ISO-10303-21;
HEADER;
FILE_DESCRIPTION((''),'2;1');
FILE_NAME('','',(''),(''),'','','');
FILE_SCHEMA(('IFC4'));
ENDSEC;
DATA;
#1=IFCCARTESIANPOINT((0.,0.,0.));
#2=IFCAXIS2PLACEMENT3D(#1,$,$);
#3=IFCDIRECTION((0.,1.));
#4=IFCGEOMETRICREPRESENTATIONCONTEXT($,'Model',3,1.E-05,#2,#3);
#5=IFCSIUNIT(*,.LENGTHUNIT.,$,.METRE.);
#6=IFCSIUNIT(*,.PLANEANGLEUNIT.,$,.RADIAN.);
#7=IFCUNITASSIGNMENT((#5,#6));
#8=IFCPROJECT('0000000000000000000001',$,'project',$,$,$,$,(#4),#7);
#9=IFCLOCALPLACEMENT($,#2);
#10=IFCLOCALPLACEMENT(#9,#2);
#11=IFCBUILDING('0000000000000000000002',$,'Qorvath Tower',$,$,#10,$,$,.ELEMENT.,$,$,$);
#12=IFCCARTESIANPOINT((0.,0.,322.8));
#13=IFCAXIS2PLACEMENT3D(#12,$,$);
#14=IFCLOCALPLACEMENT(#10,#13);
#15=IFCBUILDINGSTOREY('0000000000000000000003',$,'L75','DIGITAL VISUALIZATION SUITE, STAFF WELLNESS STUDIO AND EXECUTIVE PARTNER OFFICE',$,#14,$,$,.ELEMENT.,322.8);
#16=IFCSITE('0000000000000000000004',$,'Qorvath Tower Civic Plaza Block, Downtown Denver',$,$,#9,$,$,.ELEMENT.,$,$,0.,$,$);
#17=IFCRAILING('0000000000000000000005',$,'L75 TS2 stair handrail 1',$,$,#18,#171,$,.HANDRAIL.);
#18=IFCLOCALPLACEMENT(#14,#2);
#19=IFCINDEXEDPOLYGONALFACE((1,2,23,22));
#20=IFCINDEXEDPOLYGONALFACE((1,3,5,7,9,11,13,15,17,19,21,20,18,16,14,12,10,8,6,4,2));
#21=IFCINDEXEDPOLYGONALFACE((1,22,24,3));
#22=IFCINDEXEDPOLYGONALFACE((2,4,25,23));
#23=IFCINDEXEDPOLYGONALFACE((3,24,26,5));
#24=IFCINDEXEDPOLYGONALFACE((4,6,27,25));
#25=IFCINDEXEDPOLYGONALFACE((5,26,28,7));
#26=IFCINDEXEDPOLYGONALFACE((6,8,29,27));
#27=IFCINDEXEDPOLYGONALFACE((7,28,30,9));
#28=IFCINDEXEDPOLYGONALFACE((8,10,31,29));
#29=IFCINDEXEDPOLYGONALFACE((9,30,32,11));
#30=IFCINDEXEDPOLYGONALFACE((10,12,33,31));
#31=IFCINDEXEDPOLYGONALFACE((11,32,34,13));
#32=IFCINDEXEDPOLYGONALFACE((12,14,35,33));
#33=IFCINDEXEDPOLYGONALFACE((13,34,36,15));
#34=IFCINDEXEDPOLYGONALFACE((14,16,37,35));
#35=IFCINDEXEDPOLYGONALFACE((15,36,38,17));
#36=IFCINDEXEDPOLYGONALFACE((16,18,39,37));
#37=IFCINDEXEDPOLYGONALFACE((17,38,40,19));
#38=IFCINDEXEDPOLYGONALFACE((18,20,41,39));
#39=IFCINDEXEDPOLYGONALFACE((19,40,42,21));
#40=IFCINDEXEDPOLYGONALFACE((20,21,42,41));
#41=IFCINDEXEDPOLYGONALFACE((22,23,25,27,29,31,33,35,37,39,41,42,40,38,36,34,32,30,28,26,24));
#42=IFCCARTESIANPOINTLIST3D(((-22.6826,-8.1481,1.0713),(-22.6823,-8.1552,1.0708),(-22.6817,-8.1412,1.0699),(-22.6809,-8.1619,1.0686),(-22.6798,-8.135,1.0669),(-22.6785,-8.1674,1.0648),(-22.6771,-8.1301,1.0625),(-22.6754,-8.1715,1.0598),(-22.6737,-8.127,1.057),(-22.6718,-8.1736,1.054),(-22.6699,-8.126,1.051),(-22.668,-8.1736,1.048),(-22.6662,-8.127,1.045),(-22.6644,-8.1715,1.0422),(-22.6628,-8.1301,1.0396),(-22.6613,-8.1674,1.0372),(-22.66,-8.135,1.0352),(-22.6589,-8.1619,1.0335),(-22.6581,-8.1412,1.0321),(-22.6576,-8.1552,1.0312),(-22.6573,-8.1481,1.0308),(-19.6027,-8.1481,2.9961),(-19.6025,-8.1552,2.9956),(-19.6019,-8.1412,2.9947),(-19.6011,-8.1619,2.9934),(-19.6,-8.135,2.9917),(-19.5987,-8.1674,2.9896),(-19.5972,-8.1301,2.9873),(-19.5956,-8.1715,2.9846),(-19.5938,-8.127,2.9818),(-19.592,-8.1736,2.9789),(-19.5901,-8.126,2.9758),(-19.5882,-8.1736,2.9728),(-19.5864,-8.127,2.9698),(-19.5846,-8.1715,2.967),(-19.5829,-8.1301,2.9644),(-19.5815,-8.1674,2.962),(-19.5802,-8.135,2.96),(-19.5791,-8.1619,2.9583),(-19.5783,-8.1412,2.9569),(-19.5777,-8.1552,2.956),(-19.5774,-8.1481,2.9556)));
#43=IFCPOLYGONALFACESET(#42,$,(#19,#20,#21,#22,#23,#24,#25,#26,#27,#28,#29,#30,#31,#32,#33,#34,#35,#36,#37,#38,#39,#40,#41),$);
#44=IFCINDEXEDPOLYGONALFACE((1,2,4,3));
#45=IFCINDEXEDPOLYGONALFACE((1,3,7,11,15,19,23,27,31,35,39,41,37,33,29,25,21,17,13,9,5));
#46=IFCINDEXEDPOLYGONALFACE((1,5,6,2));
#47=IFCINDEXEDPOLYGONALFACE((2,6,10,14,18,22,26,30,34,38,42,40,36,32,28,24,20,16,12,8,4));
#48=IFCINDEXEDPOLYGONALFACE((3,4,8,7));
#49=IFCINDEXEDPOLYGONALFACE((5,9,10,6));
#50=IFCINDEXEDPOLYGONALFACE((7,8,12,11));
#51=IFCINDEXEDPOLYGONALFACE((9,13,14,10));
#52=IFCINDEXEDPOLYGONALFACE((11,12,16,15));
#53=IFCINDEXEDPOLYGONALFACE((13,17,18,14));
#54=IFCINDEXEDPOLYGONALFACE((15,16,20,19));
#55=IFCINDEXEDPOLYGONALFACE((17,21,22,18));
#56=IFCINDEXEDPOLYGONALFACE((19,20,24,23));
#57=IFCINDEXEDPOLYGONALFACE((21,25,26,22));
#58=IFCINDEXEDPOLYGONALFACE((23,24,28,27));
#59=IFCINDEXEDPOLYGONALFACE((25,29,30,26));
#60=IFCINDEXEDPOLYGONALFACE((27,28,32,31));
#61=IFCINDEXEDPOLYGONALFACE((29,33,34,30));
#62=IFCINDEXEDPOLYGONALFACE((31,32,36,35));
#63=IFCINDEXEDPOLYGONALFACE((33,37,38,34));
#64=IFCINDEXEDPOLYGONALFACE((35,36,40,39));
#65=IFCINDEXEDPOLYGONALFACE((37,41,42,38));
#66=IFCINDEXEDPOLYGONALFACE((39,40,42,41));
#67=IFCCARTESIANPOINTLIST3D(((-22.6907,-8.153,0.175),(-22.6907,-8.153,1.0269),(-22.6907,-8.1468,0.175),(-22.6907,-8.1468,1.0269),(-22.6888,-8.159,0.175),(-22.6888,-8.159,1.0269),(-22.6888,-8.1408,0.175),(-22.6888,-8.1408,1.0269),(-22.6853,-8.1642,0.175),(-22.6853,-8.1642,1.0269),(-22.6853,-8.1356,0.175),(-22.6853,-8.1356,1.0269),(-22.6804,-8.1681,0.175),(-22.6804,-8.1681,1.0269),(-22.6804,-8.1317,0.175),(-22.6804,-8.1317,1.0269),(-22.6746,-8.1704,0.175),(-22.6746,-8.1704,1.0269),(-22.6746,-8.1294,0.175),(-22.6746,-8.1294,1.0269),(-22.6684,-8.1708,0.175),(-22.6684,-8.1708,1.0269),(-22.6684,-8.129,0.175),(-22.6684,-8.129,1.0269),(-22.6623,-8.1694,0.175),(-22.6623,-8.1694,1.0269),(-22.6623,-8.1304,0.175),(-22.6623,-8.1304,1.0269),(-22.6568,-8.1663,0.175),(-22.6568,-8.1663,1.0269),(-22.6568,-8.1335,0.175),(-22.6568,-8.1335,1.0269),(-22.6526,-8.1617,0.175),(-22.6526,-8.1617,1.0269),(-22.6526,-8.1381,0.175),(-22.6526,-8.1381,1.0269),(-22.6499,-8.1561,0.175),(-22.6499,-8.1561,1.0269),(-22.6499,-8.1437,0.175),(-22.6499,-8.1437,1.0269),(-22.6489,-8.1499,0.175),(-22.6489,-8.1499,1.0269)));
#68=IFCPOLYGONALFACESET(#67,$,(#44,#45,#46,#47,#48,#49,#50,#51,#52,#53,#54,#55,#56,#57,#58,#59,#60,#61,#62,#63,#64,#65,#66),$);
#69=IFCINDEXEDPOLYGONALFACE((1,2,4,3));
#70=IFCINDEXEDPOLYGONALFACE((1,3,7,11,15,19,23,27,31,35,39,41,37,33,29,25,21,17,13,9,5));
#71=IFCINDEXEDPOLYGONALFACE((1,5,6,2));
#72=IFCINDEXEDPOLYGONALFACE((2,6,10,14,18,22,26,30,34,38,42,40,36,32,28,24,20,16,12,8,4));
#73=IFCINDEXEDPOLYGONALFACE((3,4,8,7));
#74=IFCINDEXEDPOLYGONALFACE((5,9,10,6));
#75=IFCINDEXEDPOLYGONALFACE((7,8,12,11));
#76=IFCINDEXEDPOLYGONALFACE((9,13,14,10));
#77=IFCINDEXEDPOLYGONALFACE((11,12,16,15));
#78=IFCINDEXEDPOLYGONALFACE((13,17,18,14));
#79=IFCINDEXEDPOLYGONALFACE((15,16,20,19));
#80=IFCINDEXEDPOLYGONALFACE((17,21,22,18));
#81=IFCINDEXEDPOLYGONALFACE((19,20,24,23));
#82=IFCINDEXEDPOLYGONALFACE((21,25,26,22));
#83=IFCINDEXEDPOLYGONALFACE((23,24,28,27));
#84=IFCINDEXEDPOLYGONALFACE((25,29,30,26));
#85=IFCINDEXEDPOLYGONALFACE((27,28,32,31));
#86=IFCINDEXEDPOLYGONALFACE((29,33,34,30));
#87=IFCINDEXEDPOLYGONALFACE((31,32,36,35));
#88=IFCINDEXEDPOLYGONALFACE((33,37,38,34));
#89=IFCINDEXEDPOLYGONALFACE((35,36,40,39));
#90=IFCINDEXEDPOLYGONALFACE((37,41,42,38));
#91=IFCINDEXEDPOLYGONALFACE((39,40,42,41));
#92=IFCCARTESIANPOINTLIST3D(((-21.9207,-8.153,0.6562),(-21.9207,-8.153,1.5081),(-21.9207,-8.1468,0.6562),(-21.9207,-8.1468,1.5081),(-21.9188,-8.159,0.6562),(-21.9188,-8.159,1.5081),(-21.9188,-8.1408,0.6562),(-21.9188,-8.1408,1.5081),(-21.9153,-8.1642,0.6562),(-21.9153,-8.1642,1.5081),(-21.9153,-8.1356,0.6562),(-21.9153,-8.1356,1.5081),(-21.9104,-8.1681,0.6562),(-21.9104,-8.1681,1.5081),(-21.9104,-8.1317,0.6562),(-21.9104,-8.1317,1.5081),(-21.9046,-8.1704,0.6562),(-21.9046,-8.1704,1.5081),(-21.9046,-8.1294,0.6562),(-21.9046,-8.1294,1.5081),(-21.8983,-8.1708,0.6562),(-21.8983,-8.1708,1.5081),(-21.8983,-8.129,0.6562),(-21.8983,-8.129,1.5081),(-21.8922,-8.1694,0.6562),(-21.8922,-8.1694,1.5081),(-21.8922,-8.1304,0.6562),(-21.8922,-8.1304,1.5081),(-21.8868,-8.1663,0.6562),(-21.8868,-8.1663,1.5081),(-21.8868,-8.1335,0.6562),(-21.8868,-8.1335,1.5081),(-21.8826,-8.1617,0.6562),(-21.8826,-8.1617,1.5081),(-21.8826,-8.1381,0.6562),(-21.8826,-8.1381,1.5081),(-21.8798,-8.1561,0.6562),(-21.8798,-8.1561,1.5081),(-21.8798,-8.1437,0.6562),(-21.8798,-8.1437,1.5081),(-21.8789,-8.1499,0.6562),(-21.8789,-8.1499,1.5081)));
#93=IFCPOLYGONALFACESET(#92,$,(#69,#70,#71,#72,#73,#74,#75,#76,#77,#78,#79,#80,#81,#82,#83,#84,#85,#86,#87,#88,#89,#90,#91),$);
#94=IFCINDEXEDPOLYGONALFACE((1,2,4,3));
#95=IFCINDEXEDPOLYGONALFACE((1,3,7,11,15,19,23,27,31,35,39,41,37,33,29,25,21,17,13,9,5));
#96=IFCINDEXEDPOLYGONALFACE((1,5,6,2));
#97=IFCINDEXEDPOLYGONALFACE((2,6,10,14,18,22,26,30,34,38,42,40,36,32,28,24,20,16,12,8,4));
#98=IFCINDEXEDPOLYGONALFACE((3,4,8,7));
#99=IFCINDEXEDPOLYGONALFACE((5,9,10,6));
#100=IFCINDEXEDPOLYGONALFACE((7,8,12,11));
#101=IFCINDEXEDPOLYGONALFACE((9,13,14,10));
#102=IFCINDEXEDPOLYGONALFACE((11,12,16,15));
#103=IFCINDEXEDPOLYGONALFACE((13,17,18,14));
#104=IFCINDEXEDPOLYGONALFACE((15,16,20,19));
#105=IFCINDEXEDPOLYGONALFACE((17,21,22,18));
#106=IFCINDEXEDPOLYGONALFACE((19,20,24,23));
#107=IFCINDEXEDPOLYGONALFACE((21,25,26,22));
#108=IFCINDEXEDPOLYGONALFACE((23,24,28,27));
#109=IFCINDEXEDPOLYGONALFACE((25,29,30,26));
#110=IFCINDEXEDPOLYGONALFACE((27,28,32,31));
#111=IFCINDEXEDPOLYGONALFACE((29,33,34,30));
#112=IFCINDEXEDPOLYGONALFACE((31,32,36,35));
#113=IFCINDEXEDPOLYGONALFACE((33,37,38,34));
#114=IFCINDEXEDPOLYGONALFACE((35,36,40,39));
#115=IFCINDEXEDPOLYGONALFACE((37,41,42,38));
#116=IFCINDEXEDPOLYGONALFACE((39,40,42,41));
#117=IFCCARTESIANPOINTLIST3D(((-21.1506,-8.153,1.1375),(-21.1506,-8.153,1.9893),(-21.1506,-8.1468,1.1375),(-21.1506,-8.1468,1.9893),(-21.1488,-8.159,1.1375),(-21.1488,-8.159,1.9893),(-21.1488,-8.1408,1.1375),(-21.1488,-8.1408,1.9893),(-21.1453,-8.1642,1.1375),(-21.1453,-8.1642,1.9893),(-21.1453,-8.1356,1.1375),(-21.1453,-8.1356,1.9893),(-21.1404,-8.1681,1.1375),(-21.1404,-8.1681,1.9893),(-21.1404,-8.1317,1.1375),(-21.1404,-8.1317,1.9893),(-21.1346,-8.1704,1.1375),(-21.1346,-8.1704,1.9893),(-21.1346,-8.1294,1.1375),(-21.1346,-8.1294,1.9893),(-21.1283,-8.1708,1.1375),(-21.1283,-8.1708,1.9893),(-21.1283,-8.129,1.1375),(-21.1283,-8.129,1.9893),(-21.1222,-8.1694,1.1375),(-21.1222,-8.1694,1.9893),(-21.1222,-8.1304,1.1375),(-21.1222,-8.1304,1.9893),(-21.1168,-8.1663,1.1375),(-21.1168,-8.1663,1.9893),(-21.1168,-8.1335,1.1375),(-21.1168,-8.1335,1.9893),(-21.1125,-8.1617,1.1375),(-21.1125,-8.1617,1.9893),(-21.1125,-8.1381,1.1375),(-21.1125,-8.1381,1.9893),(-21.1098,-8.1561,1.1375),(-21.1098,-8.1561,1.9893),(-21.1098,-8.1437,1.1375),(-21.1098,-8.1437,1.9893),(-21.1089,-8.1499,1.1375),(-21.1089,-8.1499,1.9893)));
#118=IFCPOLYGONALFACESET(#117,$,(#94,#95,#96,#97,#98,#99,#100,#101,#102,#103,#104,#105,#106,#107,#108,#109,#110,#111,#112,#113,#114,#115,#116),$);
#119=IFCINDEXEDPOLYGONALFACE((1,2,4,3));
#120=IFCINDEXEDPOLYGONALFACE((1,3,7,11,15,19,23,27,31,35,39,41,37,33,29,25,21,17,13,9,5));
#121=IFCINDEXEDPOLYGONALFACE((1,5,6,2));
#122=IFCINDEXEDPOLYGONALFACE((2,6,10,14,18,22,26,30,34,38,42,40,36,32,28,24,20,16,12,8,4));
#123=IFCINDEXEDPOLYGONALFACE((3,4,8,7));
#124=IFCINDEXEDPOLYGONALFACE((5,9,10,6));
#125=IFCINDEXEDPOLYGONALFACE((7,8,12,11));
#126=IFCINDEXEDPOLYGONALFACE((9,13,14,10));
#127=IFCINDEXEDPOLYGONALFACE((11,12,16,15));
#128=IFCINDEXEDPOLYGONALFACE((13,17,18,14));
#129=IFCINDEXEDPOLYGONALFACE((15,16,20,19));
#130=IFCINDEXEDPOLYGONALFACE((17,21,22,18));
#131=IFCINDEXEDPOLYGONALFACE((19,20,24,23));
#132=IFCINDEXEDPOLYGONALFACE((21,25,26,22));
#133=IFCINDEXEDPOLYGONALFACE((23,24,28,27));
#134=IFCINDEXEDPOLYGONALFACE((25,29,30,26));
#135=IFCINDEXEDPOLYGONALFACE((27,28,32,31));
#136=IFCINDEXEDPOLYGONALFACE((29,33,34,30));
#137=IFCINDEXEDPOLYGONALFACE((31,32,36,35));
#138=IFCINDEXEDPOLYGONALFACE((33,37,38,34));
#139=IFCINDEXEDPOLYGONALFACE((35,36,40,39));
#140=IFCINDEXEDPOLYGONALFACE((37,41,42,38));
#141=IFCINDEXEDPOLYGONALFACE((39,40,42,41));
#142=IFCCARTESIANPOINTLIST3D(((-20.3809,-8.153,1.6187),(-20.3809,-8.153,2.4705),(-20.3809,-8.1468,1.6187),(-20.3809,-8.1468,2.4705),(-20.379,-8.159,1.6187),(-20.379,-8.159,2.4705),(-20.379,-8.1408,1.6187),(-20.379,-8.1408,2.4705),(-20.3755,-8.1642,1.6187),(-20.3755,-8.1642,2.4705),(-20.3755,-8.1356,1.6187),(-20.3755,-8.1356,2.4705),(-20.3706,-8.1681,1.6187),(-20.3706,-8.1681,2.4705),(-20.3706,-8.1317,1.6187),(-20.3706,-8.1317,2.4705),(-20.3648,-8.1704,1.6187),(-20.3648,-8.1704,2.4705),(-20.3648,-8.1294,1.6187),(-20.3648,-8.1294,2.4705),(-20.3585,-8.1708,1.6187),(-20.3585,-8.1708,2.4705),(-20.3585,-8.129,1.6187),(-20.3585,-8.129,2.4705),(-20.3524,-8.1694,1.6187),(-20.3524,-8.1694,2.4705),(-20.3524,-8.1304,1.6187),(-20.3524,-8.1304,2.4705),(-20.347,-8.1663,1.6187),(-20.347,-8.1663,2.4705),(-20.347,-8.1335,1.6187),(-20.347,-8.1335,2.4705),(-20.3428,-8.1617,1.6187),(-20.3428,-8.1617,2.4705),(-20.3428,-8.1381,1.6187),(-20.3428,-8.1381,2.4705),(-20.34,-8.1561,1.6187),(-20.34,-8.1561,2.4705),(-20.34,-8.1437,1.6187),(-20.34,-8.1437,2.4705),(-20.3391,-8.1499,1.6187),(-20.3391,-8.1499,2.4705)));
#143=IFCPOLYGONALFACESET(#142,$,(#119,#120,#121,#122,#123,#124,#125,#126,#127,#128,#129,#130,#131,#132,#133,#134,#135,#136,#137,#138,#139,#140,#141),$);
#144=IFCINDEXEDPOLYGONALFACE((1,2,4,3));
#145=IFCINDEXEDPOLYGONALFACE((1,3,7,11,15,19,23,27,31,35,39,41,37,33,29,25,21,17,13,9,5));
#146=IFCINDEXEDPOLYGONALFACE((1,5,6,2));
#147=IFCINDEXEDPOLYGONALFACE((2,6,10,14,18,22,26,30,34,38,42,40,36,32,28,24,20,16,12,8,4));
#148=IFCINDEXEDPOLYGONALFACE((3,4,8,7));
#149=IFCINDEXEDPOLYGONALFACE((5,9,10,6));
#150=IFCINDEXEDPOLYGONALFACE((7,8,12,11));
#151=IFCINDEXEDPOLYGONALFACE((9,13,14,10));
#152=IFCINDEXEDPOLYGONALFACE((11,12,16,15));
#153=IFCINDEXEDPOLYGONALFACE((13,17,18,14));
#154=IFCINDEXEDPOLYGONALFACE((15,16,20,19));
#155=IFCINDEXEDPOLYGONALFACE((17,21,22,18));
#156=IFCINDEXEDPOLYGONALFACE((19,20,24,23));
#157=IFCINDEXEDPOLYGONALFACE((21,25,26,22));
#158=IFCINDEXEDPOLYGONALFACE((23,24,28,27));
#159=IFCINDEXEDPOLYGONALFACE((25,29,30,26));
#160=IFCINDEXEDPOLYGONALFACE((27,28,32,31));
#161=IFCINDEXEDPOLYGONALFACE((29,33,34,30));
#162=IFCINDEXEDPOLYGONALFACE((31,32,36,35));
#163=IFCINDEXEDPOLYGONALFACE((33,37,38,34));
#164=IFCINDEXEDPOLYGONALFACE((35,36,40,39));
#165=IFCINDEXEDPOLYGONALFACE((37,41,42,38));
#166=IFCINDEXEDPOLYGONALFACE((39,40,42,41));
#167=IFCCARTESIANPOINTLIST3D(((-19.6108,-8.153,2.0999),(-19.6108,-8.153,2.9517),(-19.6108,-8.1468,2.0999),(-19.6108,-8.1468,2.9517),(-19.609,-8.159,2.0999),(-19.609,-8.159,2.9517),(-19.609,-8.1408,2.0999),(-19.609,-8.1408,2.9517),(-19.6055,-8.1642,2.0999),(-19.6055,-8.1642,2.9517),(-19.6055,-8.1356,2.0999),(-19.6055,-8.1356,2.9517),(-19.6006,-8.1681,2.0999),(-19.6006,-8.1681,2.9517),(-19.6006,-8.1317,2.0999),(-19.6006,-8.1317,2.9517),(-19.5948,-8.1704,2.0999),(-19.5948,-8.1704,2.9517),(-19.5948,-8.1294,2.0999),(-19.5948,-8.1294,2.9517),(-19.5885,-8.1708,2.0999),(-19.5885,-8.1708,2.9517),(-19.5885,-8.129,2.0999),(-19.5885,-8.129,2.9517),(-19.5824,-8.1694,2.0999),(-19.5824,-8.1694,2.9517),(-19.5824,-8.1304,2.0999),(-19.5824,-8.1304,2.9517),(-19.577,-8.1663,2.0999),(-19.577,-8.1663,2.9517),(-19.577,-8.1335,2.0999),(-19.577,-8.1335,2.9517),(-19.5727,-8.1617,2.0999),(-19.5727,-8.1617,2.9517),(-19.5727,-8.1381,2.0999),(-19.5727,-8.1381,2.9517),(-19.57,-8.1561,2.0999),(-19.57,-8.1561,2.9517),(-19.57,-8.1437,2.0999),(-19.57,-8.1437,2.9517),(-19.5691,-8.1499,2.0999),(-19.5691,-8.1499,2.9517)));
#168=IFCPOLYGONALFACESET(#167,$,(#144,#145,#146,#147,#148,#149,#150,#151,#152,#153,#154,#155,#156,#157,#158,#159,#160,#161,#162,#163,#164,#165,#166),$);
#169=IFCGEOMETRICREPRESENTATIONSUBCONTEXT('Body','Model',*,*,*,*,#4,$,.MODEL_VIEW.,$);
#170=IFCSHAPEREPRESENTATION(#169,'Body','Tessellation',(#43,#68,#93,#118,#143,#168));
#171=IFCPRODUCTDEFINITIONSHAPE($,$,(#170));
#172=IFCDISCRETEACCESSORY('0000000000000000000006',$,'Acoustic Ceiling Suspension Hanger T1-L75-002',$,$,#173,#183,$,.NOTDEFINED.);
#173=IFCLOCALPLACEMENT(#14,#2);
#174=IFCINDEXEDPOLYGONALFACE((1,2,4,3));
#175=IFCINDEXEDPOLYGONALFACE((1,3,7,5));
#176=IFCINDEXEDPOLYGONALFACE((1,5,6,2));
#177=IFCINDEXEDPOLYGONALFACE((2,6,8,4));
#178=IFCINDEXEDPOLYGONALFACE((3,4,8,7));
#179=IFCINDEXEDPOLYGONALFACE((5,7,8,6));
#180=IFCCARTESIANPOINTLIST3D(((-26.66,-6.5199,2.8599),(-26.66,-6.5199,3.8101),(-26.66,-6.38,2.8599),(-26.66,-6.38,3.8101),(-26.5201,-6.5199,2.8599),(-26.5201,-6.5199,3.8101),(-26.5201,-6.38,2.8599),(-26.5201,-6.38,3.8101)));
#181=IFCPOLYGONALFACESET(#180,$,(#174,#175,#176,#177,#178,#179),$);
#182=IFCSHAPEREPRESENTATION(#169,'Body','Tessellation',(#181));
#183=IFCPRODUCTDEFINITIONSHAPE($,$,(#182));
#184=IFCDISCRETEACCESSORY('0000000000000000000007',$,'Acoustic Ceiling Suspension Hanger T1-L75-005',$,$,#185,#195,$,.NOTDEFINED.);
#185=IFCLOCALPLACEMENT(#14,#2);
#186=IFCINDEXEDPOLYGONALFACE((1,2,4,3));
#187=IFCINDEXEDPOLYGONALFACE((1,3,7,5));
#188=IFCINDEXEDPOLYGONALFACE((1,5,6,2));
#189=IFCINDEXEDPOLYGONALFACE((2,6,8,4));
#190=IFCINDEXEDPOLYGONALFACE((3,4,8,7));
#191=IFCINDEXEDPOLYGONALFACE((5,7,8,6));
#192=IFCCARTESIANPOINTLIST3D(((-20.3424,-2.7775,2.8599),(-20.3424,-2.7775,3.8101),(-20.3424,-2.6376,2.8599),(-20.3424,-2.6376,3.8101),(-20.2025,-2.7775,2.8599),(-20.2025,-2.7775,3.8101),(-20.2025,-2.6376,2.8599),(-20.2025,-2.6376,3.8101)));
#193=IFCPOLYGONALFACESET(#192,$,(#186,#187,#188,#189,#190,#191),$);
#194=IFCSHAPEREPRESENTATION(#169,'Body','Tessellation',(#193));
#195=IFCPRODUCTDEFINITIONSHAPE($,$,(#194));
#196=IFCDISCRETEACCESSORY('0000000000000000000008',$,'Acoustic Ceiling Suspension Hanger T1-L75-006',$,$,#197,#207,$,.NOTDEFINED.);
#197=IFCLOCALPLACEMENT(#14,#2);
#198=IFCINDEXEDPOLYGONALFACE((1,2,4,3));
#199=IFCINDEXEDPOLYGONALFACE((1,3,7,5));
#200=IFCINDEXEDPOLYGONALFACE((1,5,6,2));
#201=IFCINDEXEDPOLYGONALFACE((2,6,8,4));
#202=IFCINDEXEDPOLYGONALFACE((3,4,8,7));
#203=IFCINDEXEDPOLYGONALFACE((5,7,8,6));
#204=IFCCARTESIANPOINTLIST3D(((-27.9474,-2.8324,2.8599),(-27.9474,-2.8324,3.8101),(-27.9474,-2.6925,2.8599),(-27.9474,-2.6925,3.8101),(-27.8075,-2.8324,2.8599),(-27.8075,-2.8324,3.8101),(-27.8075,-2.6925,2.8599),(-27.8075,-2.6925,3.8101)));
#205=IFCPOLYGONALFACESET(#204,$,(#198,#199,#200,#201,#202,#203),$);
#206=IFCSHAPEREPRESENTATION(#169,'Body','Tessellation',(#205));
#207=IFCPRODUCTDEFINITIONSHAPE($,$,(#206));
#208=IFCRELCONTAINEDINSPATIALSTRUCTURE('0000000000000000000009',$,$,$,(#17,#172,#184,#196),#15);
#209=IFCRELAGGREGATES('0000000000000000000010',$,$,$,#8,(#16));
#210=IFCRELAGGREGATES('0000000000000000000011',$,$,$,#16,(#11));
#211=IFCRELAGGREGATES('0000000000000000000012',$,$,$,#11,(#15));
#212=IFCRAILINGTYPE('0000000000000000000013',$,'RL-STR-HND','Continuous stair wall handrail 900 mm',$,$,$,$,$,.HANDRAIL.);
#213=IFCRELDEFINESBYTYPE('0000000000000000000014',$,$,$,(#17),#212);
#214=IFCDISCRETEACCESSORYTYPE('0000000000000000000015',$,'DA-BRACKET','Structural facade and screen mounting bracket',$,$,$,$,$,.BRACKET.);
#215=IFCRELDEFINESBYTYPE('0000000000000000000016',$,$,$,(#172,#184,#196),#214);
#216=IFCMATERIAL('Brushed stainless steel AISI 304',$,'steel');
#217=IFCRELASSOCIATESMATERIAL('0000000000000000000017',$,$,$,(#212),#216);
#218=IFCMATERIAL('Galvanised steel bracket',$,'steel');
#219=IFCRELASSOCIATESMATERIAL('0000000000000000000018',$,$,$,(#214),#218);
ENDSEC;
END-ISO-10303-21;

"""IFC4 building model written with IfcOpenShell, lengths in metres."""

from ifc_helpers import new_model, si_unit, direction, frame, origin, origin_2d, place, context, subcontext, project, spatial, rectangle, circle, extrude, material, type_object, element, save


model = new_model("IFC4")

# Units and contexts
model_context = context("Model", 3, precision=1e-05, world=origin(), true_north=direction((0.0, 1.0)))
body_context = subcontext(model_context, "Body", "Model", "MODEL_VIEW")
ifc_project = project(units=[si_unit("LENGTHUNIT", "METRE"), si_unit("PLANEANGLEUNIT", "RADIAN")], contexts=[model_context])

# Site, building, storey
site_placement = place(None, origin())
site = spatial("IfcSite", under=ifc_project, at=site_placement, Name="Qorvath Tower Civic Plaza Block, Downtown Denver", CompositionType="ELEMENT", RefElevation=0.0)
building_placement = place(site_placement, origin())
building = spatial("IfcBuilding", under=site, at=building_placement, Name="Qorvath Tower", CompositionType="ELEMENT")
storey_placement = place(building_placement, frame((0.0, 0.0, 322.8)))
storey = spatial("IfcBuildingStorey", under=building, at=storey_placement, Name="L75", Description="DIGITAL VISUALIZATION SUITE, STAFF WELLNESS STUDIO AND EXECUTIVE PARTNER OFFICE", CompositionType="ELEMENT", Elevation=322.8)

# Railing
ifc_material_1 = material(Name="Brushed stainless steel AISI 304", Category="steel")
railing_type_1 = type_object("IfcRailingType", Name="RL-STR-HND", Description="Continuous stair wall handrail 900 mm", PredefinedType="HANDRAIL", material=ifc_material_1)
railing_1_placement = place(storey_placement, frame((-22.6699, -8.1499, 0.175)))
element("IfcRailing", 1, at=railing_1_placement, inside=storey, type_object=railing_type_1, Name="L75 TS2 stair handrail 1", PredefinedType="HANDRAIL", context=body_context, shape_type="SweptSolid", body=[
    extrude(circle(Radius=0.0239, at=origin_2d()), frame((0.0, 0.0, 0.876), z_axis=(0.84801, 0.0, 0.529981), x_axis=(0.0, 1.0, 0.0)), (0.0, 0.0, 1.0), 3.6318),
    extrude(circle(Radius=0.021, at=origin_2d()), origin(), (0.0, 0.0, 1.0), 0.8518),
    extrude(circle(Radius=0.021, at=origin_2d()), frame((0.77, 0.0, 0.4812)), (0.0, 0.0, 1.0), 0.8518),
    extrude(circle(Radius=0.021, at=origin_2d()), frame((1.54, 0.0, 0.9624)), (0.0, 0.0, 1.0), 0.8518),
    extrude(circle(Radius=0.021, at=origin_2d()), frame((2.3098, 0.0, 1.4436)), (0.0, 0.0, 1.0), 0.8518),
    extrude(circle(Radius=0.021, at=origin_2d()), frame((3.0798, 0.0, 1.9248)), (0.0, 0.0, 1.0), 0.8518),
])

# Discrete accessories
ifc_material_2 = material(Name="Galvanised steel bracket", Category="steel")
discrete_accessory_type = type_object("IfcDiscreteAccessoryType", Name="DA-BRACKET", Description="Structural facade and screen mounting bracket", PredefinedType="BRACKET", material=ifc_material_2)
for number, where, z_axis, x_axis, name in (
    (2, (-26.5901, -6.45, 2.8599), (0.0, 0.0, 1.0), (1.0, 0.0, 0.0), "Acoustic Ceiling Suspension Hanger T1-L75-002"),
    (3, (-20.2725, -2.7075, 2.8599), (0.0, 0.0, 1.0), (1.0, 0.0, 0.0), "Acoustic Ceiling Suspension Hanger T1-L75-005"),
    (4, (-27.8774, -2.7625, 2.8599), (0.0, 0.0, 1.0), (1.0, 0.0, 0.0), "Acoustic Ceiling Suspension Hanger T1-L75-006"),
):
    element("IfcDiscreteAccessory", number, at=place(storey_placement, frame(where, z_axis=z_axis, x_axis=x_axis)), inside=storey, type_object=discrete_accessory_type, Name=name, PredefinedType="NOTDEFINED", context=body_context, shape_type="SweptSolid", body=[
        extrude(rectangle(XDim=0.1399, YDim=0.1399, at=origin_2d()), origin(), (0.0, 0.0, 1.0), 0.9502),
    ])

save(model, "model.ifc")
